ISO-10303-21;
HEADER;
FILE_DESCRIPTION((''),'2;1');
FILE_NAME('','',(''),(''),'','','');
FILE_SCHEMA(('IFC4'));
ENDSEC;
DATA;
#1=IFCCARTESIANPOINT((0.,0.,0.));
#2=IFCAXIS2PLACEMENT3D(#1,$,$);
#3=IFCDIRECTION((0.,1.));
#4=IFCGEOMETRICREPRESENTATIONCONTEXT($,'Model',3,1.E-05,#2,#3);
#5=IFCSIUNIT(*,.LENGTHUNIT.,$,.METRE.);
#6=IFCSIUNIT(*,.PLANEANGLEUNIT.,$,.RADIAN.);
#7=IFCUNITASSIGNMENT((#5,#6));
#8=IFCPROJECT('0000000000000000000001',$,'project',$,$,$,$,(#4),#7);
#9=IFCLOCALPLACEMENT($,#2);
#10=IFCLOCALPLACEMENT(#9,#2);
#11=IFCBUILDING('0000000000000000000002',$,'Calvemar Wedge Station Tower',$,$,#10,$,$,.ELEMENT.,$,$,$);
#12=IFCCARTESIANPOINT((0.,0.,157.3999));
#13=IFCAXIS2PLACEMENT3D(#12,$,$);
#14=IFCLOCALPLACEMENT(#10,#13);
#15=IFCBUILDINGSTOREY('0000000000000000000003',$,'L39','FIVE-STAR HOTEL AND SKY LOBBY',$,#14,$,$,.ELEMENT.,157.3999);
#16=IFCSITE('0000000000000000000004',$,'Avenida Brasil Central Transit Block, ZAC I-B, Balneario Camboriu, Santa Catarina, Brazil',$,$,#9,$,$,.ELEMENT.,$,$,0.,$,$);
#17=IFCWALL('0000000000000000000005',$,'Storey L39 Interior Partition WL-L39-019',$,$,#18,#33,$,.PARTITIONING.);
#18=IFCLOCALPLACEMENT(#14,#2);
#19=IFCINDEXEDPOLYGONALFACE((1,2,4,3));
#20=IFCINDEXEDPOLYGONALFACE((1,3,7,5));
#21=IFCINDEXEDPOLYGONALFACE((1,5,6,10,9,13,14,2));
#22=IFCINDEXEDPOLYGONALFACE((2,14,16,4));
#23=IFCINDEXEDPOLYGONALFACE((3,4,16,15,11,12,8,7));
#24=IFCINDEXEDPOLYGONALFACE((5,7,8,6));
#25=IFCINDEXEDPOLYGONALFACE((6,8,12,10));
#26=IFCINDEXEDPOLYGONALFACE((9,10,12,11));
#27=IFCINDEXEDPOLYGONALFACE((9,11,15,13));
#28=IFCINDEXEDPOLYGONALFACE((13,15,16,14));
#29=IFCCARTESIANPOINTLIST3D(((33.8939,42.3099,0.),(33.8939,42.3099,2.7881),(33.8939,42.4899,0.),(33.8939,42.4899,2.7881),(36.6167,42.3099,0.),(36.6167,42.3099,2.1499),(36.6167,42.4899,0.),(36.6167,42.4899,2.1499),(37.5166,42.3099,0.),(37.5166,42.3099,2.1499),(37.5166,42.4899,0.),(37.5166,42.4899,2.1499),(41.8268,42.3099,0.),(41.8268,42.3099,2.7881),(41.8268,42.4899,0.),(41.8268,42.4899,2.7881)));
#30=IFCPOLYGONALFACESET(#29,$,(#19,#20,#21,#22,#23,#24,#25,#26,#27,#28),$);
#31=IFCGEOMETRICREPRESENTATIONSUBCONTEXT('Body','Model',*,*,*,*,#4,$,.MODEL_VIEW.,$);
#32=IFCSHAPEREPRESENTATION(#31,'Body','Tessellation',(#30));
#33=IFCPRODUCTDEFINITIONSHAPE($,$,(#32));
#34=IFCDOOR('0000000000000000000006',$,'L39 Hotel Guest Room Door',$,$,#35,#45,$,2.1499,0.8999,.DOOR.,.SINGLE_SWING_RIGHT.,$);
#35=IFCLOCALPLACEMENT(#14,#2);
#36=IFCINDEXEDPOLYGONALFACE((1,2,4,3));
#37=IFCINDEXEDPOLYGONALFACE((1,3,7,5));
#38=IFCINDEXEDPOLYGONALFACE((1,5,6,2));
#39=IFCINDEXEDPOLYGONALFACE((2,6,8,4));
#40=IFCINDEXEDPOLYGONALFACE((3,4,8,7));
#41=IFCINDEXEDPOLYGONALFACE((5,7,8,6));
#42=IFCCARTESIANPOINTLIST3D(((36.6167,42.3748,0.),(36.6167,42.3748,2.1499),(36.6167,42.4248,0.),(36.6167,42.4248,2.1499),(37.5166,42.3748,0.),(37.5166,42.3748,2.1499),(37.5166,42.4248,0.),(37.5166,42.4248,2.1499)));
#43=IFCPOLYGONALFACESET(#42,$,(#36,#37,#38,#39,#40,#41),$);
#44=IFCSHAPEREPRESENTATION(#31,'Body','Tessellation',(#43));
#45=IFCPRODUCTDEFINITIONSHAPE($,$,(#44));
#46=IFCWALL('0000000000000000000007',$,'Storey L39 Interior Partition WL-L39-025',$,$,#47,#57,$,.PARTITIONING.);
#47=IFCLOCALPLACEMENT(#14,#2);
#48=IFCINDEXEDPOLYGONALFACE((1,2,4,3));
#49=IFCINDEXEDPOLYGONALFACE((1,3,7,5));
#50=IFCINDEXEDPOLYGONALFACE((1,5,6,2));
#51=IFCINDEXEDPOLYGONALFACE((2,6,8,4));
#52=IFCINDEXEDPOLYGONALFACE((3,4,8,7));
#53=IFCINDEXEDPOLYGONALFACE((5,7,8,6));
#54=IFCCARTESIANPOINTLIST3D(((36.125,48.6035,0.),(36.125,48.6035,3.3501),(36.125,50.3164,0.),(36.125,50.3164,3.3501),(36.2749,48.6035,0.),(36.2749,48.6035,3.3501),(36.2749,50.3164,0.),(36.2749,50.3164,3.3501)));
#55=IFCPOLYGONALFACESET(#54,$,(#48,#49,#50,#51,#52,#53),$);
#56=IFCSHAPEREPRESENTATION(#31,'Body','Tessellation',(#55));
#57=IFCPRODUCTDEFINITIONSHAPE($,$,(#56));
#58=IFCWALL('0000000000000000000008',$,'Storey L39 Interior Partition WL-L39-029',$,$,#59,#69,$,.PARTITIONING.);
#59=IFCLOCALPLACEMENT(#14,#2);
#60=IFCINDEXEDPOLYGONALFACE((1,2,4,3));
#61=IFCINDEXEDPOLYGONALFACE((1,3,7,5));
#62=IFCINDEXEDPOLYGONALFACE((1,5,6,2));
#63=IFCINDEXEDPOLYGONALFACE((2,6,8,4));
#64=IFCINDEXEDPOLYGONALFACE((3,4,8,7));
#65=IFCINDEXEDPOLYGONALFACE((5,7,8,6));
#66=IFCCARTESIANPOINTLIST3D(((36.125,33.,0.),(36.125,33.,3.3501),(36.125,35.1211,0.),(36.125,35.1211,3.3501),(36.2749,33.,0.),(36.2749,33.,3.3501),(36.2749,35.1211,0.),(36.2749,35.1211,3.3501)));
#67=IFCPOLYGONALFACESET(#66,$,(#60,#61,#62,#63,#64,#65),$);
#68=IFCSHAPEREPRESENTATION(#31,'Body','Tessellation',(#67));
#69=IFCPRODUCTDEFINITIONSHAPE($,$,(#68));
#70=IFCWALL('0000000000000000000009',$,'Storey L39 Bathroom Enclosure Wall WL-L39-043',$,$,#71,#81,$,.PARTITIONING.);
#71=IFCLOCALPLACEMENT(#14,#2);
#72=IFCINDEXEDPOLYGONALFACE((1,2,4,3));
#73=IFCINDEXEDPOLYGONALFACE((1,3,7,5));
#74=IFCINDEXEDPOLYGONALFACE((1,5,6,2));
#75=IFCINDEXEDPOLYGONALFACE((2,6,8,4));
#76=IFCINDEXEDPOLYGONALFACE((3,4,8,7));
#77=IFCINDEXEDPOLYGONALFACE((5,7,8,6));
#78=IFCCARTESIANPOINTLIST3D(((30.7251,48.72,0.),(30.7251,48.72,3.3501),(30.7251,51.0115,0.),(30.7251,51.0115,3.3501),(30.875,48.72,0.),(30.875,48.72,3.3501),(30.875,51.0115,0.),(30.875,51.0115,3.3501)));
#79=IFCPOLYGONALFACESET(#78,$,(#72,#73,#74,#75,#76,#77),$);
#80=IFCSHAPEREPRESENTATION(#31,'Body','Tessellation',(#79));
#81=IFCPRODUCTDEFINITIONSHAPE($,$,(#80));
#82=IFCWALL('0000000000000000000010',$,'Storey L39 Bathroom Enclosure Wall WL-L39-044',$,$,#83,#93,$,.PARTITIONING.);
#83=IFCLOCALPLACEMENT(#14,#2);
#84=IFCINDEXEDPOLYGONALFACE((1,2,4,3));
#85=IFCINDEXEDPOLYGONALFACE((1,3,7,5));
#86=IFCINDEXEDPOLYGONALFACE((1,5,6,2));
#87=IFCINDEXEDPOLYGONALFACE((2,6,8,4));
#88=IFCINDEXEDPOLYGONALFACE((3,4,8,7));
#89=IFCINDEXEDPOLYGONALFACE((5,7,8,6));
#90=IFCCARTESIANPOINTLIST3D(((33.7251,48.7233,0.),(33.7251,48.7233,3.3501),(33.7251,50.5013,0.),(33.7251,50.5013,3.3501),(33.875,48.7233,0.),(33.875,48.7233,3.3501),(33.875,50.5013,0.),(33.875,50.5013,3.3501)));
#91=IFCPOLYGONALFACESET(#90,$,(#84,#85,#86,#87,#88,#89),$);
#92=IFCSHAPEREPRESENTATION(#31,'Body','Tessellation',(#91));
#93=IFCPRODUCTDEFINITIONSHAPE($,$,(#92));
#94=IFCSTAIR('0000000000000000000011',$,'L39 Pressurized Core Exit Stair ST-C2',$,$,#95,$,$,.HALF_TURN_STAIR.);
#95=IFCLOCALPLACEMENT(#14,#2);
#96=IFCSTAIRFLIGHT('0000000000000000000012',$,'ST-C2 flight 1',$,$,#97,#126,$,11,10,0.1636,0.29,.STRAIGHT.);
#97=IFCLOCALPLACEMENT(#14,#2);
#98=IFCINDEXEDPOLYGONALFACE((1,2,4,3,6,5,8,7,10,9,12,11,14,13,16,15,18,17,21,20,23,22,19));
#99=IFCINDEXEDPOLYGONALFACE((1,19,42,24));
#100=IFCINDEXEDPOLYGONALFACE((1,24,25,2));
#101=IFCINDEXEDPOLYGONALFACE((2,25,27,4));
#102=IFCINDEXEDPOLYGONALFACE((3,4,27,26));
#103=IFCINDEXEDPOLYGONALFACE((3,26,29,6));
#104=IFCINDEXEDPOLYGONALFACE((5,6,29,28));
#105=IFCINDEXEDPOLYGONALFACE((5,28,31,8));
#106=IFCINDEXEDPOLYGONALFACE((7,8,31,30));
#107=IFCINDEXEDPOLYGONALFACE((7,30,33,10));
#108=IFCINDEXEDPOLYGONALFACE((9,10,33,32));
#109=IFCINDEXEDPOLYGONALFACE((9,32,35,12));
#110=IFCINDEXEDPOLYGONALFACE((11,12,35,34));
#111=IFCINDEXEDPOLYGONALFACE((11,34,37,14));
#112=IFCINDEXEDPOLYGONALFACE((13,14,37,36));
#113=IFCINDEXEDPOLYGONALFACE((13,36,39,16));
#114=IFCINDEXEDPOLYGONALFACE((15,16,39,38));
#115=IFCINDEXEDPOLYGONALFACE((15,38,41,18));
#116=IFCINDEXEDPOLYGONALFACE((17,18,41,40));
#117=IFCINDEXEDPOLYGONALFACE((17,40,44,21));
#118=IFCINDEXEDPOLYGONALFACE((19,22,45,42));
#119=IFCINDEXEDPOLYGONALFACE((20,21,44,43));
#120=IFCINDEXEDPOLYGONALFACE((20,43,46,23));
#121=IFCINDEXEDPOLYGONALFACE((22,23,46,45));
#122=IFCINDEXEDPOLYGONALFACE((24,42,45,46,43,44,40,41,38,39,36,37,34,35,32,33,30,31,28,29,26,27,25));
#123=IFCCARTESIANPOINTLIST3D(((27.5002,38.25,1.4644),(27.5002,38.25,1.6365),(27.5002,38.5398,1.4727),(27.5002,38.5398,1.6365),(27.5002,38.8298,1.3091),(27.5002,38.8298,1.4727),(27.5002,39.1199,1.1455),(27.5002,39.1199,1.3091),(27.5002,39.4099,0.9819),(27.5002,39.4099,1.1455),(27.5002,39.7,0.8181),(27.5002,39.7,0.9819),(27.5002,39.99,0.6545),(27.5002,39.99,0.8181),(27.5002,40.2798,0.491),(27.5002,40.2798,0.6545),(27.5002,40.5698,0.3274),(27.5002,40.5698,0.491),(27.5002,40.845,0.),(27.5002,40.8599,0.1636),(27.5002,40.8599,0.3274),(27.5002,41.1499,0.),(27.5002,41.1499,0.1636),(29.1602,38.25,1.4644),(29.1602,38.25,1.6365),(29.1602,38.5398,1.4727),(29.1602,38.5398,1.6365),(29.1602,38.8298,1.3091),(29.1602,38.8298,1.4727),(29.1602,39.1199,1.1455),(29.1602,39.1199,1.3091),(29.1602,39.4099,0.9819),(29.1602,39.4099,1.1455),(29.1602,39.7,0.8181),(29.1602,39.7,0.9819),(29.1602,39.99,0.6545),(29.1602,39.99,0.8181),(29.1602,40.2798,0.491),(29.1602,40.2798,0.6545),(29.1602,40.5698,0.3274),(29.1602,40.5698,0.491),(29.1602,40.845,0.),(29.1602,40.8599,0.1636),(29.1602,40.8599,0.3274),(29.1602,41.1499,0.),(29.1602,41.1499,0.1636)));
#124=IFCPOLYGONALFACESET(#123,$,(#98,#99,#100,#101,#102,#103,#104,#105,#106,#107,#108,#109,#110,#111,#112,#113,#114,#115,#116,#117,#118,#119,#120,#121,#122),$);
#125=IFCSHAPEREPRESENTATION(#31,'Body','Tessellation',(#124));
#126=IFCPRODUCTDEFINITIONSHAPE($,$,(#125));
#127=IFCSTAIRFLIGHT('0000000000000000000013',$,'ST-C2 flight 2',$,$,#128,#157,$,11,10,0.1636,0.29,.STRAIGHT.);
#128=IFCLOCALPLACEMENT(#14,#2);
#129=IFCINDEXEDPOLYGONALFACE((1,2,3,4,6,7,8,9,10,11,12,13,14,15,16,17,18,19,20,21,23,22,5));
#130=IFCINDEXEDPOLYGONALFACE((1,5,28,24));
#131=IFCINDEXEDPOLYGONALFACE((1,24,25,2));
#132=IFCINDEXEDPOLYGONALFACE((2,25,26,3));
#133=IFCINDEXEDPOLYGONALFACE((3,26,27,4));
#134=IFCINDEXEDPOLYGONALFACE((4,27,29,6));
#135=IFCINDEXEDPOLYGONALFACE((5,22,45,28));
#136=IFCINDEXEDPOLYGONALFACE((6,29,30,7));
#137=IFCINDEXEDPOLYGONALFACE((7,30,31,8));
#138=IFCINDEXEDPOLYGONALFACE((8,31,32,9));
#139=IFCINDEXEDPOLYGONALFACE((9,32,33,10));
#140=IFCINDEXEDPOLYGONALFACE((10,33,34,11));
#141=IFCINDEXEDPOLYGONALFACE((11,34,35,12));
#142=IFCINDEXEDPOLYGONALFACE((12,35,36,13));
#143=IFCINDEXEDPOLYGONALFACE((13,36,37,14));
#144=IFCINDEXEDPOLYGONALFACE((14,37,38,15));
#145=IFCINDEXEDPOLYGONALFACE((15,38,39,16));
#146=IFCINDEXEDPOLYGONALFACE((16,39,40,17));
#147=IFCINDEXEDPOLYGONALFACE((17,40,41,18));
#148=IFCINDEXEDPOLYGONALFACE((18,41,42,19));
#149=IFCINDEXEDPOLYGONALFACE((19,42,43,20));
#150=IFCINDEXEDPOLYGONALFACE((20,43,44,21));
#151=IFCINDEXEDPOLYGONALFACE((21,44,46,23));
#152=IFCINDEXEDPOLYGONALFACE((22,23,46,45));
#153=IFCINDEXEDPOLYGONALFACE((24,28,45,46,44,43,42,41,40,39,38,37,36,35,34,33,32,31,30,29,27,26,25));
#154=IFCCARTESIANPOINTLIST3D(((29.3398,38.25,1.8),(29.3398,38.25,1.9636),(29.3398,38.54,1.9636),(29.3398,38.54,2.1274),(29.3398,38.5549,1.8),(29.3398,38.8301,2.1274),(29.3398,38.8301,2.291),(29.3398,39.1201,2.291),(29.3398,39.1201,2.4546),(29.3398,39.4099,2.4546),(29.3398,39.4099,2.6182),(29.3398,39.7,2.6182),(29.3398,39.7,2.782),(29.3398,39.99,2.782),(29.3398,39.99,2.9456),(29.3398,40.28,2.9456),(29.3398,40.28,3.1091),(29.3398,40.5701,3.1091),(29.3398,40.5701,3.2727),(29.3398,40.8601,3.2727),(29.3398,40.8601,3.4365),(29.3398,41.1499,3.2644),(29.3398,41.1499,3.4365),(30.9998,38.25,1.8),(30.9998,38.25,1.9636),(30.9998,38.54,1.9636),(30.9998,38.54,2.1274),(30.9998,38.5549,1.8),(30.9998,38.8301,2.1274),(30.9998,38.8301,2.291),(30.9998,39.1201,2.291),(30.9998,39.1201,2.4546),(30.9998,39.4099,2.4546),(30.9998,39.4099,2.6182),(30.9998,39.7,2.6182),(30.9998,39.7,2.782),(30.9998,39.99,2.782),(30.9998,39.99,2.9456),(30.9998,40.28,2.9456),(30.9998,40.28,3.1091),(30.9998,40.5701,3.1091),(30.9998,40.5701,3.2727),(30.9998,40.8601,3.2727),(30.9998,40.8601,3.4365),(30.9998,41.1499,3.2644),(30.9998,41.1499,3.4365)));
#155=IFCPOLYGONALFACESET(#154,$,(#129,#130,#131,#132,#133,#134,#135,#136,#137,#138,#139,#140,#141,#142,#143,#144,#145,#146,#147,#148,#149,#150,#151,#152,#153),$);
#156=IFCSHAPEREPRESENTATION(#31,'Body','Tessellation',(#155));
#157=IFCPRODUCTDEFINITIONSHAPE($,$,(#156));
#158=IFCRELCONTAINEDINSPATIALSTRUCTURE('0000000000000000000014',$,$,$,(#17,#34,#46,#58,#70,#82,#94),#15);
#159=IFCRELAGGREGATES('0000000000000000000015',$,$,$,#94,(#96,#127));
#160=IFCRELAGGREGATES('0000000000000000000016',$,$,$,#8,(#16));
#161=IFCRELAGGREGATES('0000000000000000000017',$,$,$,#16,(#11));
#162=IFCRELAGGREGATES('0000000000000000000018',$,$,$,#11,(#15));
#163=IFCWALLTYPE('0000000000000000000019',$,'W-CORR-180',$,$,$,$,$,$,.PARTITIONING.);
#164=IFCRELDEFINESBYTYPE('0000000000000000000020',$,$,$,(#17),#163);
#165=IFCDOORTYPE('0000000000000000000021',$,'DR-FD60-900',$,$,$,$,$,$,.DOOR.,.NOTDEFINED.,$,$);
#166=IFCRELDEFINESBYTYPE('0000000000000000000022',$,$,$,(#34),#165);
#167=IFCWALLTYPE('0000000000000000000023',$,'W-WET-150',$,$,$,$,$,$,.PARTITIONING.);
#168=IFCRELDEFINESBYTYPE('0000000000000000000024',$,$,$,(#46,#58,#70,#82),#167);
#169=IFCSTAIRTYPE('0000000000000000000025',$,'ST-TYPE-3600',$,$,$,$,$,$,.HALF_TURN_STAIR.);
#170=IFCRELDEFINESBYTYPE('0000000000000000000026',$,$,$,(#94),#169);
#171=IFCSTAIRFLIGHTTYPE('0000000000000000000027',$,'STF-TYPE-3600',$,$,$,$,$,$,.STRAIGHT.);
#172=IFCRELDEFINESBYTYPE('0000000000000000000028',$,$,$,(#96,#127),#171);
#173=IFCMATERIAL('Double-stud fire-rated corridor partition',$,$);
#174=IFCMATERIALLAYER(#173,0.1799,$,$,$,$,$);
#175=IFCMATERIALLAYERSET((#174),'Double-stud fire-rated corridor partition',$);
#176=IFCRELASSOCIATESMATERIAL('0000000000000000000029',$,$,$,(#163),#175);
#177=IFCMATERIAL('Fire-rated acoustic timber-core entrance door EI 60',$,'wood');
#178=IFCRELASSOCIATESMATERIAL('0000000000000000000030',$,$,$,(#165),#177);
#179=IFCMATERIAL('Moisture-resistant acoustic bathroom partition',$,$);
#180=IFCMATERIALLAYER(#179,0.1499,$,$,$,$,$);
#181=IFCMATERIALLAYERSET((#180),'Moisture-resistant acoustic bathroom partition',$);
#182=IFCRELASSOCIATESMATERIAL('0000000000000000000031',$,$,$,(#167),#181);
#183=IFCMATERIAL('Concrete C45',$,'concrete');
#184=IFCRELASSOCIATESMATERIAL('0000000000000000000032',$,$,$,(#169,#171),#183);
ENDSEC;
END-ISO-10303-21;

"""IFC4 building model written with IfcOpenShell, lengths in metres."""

from ifc_helpers import new_model, si_unit, direction, frame, frame_2d, origin, place, context, subcontext, project, spatial, polyline, rectangle, outline, extrude, source, transform, mapped, material, layer, layer_set, type_object, element, fill, aggregate, save


model = new_model("IFC4")

# Units and contexts
model_context = context("Model", 3, precision=1e-05, world=origin(), true_north=direction((0.0, 1.0)))
body_context = subcontext(model_context, "Body", "Model", "MODEL_VIEW")
ifc_project = project(units=[si_unit("LENGTHUNIT", "METRE"), si_unit("PLANEANGLEUNIT", "RADIAN")], contexts=[model_context])

# Site, building, storey
site_placement = place(None, origin())
site = spatial("IfcSite", under=ifc_project, at=site_placement, Name="Avenida Brasil Central Transit Block, ZAC I-B, Balneario Camboriu, Santa Catarina, Brazil", CompositionType="ELEMENT", RefElevation=0.0)
building_placement = place(site_placement, origin())
building = spatial("IfcBuilding", under=site, at=building_placement, Name="Calvemar Wedge Station Tower", CompositionType="ELEMENT")
storey_placement = place(building_placement, frame((0.0, 0.0, 157.3999)))
storey = spatial("IfcBuildingStorey", under=building, at=storey_placement, Name="L39", Description="FIVE-STAR HOTEL AND SKY LOBBY", CompositionType="ELEMENT", Elevation=157.3999)

# Shared definitions
ifc_material_1 = material(Name="Double-stud fire-rated corridor partition")
ifc_layer_1 = layer(ifc_material_1, 0.1799)
ifc_layer_set_1 = layer_set([ifc_layer_1], Name="Double-stud fire-rated corridor partition")
wall_type_1 = type_object("IfcWallType", Name="W-CORR-180", PredefinedType="PARTITIONING", material=ifc_layer_set_1)

# Wall, opening, door
wall_1_placement = place(storey_placement, frame((33.894, 42.3999, 0.0), z_axis=(0.0, 0.0, 1.0), x_axis=(1.0, 0.0, 0.0)))
wall_1 = element("IfcWall", 1, at=wall_1_placement, inside=storey, type_object=wall_type_1, Name="Storey L39 Interior Partition WL-L39-019", PredefinedType="PARTITIONING", context=body_context, shape_type="SweptSolid", body=[
    extrude(rectangle(XDim=7.9329, YDim=0.1799, at=frame_2d((3.9663, 0.0))), origin(), (0.0, 0.0, 1.0), 2.7881),
])
shared_shape_1 = source(origin(), body_context, "Body", "SweptSolid", [
    extrude(rectangle(XDim=0.8999, YDim=2.1499, at=frame_2d((0.45, 1.075))), frame((0.0, 0.1001, 0.0), z_axis=(0.0, -1.0, 0.0), x_axis=(1.0, 0.0, 0.0)), (0.0, 0.0, 1.0), 0.2),
])
opening_1_placement = place(wall_1_placement, frame((2.7227, 0.0, 0.0)))
opening_1 = element("IfcOpeningElement", 2, at=opening_1_placement, cuts=wall_1, PredefinedType="OPENING", context=body_context, shape_type="MappedRepresentation", body=[
    mapped(shared_shape_1, transform((0.0, 0.0, 0.0), scale=1.0)),
])
ifc_material_2 = material(Name="Fire-rated acoustic timber-core entrance door EI 60", Category="wood")
door_type_1 = type_object("IfcDoorType", Name="DR-FD60-900", OperationType="NOTDEFINED", PredefinedType="DOOR", material=ifc_material_2)
shared_shape_2 = source(origin(), body_context, "Body", "SweptSolid", [
    extrude(rectangle(XDim=0.8999, YDim=2.1499, at=frame_2d((0.45, 1.075))), frame((0.0, 0.0249, 0.0), z_axis=(0.0, -1.0, 0.0), x_axis=(1.0, 0.0, 0.0)), (0.0, 0.0, 1.0), 0.05),
])
door_1_placement = place(opening_1_placement, origin())
door_1 = element("IfcDoor", 3, at=door_1_placement, inside=storey, type_object=door_type_1, Name="L39 Hotel Guest Room Door", OperationType="SINGLE_SWING_RIGHT", OverallHeight=2.1499, OverallWidth=0.8999, PredefinedType="DOOR", context=body_context, shape_type="MappedRepresentation", body=[
    mapped(shared_shape_2, transform((0.0, 0.0, 0.0), scale=1.0)),
])
fill(opening_1, door_1)
ifc_material_3 = material(Name="Moisture-resistant acoustic bathroom partition")
ifc_layer_2 = layer(ifc_material_3, 0.1499)
ifc_layer_set_2 = layer_set([ifc_layer_2], Name="Moisture-resistant acoustic bathroom partition")
wall_type_2 = type_object("IfcWallType", Name="W-WET-150", PredefinedType="PARTITIONING", material=ifc_layer_set_2)

# Wall
wall_2_placement = place(storey_placement, frame((36.2, 50.3164, 0.0), z_axis=(0.0, 0.0, 1.0), x_axis=(0.0, -1.0, 0.0)))
element("IfcWall", 4, at=wall_2_placement, inside=storey, type_object=wall_type_2, Name="Storey L39 Interior Partition WL-L39-025", PredefinedType="PARTITIONING", context=body_context, shape_type="SweptSolid", body=[
    extrude(rectangle(XDim=1.7129, YDim=0.1499, at=frame_2d((0.8564, 0.0))), origin(), (0.0, 0.0, 1.0), 3.3501),
])

# Walls
wall_3_placement = place(storey_placement, frame((36.2, 35.1211, 0.0), z_axis=(0.0, 0.0, 1.0), x_axis=(0.0, -1.0, 0.0)))
element("IfcWall", 5, at=wall_3_placement, inside=storey, type_object=wall_type_2, Name="Storey L39 Interior Partition WL-L39-029", PredefinedType="PARTITIONING", context=body_context, shape_type="SweptSolid", body=[
    extrude(rectangle(XDim=2.1211, YDim=0.1499, at=frame_2d((1.0605, 0.0))), origin(), (0.0, 0.0, 1.0), 3.3501),
])
wall_4_placement = place(storey_placement, frame((30.8, 51.0115, 0.0), z_axis=(0.0, 0.0, 1.0), x_axis=(0.0, -1.0, 0.0)))
element("IfcWall", 6, at=wall_4_placement, inside=storey, type_object=wall_type_2, Name="Storey L39 Bathroom Enclosure Wall WL-L39-043", PredefinedType="PARTITIONING", context=body_context, shape_type="SweptSolid", body=[
    extrude(rectangle(XDim=2.2915, YDim=0.1499, at=frame_2d((1.1458, 0.0))), origin(), (0.0, 0.0, 1.0), 3.3501),
])
wall_5_placement = place(storey_placement, frame((33.8, 48.7231, 0.0), z_axis=(0.0, 0.0, 1.0), x_axis=(0.0, 1.0, 0.0)))
element("IfcWall", 7, at=wall_5_placement, inside=storey, type_object=wall_type_2, Name="Storey L39 Bathroom Enclosure Wall WL-L39-044", PredefinedType="PARTITIONING", context=body_context, shape_type="SweptSolid", body=[
    extrude(rectangle(XDim=1.7781, YDim=0.1499, at=frame_2d((0.8892, 0.0))), origin(), (0.0, 0.0, 1.0), 3.3501),
])

# Stair, stair flights
ifc_material_4 = material(Name="Concrete C45", Category="concrete")
stair_type = type_object("IfcStairType", Name="ST-TYPE-3600", PredefinedType="HALF_TURN_STAIR", material=ifc_material_4)
stair_placement = place(storey_placement, origin())
stair = element("IfcStair", 8, at=stair_placement, inside=storey, type_object=stair_type, Name="L39 Pressurized Core Exit Stair ST-C2", PredefinedType="HALF_TURN_STAIR")
stair_flight_type = type_object("IfcStairFlightType", Name="STF-TYPE-3600", PredefinedType="STRAIGHT", material=ifc_material_4)
stair_flight_1_placement = place(storey_placement, frame((28.3301, 41.1499, 0.0), z_axis=(0.0, 0.0, 1.0), x_axis=(0.0, -1.0, 0.0)))
stair_flight_1 = element("IfcStairFlight", 9, at=stair_flight_1_placement, type_object=stair_flight_type, Name="ST-C2 flight 1", NumberOfRisers=11, NumberOfTreads=10, PredefinedType="STRAIGHT", RiserHeight=0.1636, TreadLength=0.29, context=body_context, shape_type="SweptSolid", body=[
    extrude(outline(polyline([(0.0, 0.0), (0.0, 0.1636), (0.29, 0.1636), (0.29, 0.3274), (0.5801, 0.3274), (0.5801, 0.491), (0.8701, 0.491), (0.8701, 0.6545), (1.1599, 0.6545), (1.1599, 0.8181), (1.45, 0.8181), (1.45, 0.9819), (1.74, 0.9819), (1.74, 1.1455), (2.03, 1.1455), (2.03, 1.3091), (2.3201, 1.3091), (2.3201, 1.4727), (2.6101, 1.4727), (2.6101, 1.6365), (2.8999, 1.6365), (2.8999, 1.8), (2.8999, 1.4644), (0.3049, 0.0), (0.0, 0.0)])), frame((0.0, 0.8301, 0.0), z_axis=(0.0, -1.0, 0.0), x_axis=(1.0, 0.0, 0.0)), (0.0, 0.0, 1.0), 1.6599),
])
stair_flight_2_placement = place(storey_placement, frame((30.1699, 38.25, 1.8), z_axis=(0.0, 0.0, 1.0), x_axis=(0.0, 1.0, 0.0)))
stair_flight_2 = element("IfcStairFlight", 10, at=stair_flight_2_placement, type_object=stair_flight_type, Name="ST-C2 flight 2", NumberOfRisers=11, NumberOfTreads=10, PredefinedType="STRAIGHT", RiserHeight=0.1636, TreadLength=0.29, context=body_context, shape_type="SweptSolid", body=[
    extrude(outline(polyline([(0.0, 0.0), (0.0, 0.1636), (0.29, 0.1636), (0.29, 0.3274), (0.5801, 0.3274), (0.5801, 0.491), (0.8701, 0.491), (0.8701, 0.6545), (1.1599, 0.6545), (1.1599, 0.8181), (1.45, 0.8181), (1.45, 0.9819), (1.74, 0.9819), (1.74, 1.1455), (2.03, 1.1455), (2.03, 1.3091), (2.3201, 1.3091), (2.3201, 1.4727), (2.6101, 1.4727), (2.6101, 1.6365), (2.8999, 1.6365), (2.8999, 1.8), (2.8999, 1.4644), (0.3049, 0.0), (0.0, 0.0)])), frame((0.0, 0.8301, 0.0), z_axis=(0.0, -1.0, 0.0), x_axis=(1.0, 0.0, 0.0)), (0.0, 0.0, 1.0), 1.6599),
])
aggregate(stair, [stair_flight_1, stair_flight_2])

save(model, "model.ifc")
